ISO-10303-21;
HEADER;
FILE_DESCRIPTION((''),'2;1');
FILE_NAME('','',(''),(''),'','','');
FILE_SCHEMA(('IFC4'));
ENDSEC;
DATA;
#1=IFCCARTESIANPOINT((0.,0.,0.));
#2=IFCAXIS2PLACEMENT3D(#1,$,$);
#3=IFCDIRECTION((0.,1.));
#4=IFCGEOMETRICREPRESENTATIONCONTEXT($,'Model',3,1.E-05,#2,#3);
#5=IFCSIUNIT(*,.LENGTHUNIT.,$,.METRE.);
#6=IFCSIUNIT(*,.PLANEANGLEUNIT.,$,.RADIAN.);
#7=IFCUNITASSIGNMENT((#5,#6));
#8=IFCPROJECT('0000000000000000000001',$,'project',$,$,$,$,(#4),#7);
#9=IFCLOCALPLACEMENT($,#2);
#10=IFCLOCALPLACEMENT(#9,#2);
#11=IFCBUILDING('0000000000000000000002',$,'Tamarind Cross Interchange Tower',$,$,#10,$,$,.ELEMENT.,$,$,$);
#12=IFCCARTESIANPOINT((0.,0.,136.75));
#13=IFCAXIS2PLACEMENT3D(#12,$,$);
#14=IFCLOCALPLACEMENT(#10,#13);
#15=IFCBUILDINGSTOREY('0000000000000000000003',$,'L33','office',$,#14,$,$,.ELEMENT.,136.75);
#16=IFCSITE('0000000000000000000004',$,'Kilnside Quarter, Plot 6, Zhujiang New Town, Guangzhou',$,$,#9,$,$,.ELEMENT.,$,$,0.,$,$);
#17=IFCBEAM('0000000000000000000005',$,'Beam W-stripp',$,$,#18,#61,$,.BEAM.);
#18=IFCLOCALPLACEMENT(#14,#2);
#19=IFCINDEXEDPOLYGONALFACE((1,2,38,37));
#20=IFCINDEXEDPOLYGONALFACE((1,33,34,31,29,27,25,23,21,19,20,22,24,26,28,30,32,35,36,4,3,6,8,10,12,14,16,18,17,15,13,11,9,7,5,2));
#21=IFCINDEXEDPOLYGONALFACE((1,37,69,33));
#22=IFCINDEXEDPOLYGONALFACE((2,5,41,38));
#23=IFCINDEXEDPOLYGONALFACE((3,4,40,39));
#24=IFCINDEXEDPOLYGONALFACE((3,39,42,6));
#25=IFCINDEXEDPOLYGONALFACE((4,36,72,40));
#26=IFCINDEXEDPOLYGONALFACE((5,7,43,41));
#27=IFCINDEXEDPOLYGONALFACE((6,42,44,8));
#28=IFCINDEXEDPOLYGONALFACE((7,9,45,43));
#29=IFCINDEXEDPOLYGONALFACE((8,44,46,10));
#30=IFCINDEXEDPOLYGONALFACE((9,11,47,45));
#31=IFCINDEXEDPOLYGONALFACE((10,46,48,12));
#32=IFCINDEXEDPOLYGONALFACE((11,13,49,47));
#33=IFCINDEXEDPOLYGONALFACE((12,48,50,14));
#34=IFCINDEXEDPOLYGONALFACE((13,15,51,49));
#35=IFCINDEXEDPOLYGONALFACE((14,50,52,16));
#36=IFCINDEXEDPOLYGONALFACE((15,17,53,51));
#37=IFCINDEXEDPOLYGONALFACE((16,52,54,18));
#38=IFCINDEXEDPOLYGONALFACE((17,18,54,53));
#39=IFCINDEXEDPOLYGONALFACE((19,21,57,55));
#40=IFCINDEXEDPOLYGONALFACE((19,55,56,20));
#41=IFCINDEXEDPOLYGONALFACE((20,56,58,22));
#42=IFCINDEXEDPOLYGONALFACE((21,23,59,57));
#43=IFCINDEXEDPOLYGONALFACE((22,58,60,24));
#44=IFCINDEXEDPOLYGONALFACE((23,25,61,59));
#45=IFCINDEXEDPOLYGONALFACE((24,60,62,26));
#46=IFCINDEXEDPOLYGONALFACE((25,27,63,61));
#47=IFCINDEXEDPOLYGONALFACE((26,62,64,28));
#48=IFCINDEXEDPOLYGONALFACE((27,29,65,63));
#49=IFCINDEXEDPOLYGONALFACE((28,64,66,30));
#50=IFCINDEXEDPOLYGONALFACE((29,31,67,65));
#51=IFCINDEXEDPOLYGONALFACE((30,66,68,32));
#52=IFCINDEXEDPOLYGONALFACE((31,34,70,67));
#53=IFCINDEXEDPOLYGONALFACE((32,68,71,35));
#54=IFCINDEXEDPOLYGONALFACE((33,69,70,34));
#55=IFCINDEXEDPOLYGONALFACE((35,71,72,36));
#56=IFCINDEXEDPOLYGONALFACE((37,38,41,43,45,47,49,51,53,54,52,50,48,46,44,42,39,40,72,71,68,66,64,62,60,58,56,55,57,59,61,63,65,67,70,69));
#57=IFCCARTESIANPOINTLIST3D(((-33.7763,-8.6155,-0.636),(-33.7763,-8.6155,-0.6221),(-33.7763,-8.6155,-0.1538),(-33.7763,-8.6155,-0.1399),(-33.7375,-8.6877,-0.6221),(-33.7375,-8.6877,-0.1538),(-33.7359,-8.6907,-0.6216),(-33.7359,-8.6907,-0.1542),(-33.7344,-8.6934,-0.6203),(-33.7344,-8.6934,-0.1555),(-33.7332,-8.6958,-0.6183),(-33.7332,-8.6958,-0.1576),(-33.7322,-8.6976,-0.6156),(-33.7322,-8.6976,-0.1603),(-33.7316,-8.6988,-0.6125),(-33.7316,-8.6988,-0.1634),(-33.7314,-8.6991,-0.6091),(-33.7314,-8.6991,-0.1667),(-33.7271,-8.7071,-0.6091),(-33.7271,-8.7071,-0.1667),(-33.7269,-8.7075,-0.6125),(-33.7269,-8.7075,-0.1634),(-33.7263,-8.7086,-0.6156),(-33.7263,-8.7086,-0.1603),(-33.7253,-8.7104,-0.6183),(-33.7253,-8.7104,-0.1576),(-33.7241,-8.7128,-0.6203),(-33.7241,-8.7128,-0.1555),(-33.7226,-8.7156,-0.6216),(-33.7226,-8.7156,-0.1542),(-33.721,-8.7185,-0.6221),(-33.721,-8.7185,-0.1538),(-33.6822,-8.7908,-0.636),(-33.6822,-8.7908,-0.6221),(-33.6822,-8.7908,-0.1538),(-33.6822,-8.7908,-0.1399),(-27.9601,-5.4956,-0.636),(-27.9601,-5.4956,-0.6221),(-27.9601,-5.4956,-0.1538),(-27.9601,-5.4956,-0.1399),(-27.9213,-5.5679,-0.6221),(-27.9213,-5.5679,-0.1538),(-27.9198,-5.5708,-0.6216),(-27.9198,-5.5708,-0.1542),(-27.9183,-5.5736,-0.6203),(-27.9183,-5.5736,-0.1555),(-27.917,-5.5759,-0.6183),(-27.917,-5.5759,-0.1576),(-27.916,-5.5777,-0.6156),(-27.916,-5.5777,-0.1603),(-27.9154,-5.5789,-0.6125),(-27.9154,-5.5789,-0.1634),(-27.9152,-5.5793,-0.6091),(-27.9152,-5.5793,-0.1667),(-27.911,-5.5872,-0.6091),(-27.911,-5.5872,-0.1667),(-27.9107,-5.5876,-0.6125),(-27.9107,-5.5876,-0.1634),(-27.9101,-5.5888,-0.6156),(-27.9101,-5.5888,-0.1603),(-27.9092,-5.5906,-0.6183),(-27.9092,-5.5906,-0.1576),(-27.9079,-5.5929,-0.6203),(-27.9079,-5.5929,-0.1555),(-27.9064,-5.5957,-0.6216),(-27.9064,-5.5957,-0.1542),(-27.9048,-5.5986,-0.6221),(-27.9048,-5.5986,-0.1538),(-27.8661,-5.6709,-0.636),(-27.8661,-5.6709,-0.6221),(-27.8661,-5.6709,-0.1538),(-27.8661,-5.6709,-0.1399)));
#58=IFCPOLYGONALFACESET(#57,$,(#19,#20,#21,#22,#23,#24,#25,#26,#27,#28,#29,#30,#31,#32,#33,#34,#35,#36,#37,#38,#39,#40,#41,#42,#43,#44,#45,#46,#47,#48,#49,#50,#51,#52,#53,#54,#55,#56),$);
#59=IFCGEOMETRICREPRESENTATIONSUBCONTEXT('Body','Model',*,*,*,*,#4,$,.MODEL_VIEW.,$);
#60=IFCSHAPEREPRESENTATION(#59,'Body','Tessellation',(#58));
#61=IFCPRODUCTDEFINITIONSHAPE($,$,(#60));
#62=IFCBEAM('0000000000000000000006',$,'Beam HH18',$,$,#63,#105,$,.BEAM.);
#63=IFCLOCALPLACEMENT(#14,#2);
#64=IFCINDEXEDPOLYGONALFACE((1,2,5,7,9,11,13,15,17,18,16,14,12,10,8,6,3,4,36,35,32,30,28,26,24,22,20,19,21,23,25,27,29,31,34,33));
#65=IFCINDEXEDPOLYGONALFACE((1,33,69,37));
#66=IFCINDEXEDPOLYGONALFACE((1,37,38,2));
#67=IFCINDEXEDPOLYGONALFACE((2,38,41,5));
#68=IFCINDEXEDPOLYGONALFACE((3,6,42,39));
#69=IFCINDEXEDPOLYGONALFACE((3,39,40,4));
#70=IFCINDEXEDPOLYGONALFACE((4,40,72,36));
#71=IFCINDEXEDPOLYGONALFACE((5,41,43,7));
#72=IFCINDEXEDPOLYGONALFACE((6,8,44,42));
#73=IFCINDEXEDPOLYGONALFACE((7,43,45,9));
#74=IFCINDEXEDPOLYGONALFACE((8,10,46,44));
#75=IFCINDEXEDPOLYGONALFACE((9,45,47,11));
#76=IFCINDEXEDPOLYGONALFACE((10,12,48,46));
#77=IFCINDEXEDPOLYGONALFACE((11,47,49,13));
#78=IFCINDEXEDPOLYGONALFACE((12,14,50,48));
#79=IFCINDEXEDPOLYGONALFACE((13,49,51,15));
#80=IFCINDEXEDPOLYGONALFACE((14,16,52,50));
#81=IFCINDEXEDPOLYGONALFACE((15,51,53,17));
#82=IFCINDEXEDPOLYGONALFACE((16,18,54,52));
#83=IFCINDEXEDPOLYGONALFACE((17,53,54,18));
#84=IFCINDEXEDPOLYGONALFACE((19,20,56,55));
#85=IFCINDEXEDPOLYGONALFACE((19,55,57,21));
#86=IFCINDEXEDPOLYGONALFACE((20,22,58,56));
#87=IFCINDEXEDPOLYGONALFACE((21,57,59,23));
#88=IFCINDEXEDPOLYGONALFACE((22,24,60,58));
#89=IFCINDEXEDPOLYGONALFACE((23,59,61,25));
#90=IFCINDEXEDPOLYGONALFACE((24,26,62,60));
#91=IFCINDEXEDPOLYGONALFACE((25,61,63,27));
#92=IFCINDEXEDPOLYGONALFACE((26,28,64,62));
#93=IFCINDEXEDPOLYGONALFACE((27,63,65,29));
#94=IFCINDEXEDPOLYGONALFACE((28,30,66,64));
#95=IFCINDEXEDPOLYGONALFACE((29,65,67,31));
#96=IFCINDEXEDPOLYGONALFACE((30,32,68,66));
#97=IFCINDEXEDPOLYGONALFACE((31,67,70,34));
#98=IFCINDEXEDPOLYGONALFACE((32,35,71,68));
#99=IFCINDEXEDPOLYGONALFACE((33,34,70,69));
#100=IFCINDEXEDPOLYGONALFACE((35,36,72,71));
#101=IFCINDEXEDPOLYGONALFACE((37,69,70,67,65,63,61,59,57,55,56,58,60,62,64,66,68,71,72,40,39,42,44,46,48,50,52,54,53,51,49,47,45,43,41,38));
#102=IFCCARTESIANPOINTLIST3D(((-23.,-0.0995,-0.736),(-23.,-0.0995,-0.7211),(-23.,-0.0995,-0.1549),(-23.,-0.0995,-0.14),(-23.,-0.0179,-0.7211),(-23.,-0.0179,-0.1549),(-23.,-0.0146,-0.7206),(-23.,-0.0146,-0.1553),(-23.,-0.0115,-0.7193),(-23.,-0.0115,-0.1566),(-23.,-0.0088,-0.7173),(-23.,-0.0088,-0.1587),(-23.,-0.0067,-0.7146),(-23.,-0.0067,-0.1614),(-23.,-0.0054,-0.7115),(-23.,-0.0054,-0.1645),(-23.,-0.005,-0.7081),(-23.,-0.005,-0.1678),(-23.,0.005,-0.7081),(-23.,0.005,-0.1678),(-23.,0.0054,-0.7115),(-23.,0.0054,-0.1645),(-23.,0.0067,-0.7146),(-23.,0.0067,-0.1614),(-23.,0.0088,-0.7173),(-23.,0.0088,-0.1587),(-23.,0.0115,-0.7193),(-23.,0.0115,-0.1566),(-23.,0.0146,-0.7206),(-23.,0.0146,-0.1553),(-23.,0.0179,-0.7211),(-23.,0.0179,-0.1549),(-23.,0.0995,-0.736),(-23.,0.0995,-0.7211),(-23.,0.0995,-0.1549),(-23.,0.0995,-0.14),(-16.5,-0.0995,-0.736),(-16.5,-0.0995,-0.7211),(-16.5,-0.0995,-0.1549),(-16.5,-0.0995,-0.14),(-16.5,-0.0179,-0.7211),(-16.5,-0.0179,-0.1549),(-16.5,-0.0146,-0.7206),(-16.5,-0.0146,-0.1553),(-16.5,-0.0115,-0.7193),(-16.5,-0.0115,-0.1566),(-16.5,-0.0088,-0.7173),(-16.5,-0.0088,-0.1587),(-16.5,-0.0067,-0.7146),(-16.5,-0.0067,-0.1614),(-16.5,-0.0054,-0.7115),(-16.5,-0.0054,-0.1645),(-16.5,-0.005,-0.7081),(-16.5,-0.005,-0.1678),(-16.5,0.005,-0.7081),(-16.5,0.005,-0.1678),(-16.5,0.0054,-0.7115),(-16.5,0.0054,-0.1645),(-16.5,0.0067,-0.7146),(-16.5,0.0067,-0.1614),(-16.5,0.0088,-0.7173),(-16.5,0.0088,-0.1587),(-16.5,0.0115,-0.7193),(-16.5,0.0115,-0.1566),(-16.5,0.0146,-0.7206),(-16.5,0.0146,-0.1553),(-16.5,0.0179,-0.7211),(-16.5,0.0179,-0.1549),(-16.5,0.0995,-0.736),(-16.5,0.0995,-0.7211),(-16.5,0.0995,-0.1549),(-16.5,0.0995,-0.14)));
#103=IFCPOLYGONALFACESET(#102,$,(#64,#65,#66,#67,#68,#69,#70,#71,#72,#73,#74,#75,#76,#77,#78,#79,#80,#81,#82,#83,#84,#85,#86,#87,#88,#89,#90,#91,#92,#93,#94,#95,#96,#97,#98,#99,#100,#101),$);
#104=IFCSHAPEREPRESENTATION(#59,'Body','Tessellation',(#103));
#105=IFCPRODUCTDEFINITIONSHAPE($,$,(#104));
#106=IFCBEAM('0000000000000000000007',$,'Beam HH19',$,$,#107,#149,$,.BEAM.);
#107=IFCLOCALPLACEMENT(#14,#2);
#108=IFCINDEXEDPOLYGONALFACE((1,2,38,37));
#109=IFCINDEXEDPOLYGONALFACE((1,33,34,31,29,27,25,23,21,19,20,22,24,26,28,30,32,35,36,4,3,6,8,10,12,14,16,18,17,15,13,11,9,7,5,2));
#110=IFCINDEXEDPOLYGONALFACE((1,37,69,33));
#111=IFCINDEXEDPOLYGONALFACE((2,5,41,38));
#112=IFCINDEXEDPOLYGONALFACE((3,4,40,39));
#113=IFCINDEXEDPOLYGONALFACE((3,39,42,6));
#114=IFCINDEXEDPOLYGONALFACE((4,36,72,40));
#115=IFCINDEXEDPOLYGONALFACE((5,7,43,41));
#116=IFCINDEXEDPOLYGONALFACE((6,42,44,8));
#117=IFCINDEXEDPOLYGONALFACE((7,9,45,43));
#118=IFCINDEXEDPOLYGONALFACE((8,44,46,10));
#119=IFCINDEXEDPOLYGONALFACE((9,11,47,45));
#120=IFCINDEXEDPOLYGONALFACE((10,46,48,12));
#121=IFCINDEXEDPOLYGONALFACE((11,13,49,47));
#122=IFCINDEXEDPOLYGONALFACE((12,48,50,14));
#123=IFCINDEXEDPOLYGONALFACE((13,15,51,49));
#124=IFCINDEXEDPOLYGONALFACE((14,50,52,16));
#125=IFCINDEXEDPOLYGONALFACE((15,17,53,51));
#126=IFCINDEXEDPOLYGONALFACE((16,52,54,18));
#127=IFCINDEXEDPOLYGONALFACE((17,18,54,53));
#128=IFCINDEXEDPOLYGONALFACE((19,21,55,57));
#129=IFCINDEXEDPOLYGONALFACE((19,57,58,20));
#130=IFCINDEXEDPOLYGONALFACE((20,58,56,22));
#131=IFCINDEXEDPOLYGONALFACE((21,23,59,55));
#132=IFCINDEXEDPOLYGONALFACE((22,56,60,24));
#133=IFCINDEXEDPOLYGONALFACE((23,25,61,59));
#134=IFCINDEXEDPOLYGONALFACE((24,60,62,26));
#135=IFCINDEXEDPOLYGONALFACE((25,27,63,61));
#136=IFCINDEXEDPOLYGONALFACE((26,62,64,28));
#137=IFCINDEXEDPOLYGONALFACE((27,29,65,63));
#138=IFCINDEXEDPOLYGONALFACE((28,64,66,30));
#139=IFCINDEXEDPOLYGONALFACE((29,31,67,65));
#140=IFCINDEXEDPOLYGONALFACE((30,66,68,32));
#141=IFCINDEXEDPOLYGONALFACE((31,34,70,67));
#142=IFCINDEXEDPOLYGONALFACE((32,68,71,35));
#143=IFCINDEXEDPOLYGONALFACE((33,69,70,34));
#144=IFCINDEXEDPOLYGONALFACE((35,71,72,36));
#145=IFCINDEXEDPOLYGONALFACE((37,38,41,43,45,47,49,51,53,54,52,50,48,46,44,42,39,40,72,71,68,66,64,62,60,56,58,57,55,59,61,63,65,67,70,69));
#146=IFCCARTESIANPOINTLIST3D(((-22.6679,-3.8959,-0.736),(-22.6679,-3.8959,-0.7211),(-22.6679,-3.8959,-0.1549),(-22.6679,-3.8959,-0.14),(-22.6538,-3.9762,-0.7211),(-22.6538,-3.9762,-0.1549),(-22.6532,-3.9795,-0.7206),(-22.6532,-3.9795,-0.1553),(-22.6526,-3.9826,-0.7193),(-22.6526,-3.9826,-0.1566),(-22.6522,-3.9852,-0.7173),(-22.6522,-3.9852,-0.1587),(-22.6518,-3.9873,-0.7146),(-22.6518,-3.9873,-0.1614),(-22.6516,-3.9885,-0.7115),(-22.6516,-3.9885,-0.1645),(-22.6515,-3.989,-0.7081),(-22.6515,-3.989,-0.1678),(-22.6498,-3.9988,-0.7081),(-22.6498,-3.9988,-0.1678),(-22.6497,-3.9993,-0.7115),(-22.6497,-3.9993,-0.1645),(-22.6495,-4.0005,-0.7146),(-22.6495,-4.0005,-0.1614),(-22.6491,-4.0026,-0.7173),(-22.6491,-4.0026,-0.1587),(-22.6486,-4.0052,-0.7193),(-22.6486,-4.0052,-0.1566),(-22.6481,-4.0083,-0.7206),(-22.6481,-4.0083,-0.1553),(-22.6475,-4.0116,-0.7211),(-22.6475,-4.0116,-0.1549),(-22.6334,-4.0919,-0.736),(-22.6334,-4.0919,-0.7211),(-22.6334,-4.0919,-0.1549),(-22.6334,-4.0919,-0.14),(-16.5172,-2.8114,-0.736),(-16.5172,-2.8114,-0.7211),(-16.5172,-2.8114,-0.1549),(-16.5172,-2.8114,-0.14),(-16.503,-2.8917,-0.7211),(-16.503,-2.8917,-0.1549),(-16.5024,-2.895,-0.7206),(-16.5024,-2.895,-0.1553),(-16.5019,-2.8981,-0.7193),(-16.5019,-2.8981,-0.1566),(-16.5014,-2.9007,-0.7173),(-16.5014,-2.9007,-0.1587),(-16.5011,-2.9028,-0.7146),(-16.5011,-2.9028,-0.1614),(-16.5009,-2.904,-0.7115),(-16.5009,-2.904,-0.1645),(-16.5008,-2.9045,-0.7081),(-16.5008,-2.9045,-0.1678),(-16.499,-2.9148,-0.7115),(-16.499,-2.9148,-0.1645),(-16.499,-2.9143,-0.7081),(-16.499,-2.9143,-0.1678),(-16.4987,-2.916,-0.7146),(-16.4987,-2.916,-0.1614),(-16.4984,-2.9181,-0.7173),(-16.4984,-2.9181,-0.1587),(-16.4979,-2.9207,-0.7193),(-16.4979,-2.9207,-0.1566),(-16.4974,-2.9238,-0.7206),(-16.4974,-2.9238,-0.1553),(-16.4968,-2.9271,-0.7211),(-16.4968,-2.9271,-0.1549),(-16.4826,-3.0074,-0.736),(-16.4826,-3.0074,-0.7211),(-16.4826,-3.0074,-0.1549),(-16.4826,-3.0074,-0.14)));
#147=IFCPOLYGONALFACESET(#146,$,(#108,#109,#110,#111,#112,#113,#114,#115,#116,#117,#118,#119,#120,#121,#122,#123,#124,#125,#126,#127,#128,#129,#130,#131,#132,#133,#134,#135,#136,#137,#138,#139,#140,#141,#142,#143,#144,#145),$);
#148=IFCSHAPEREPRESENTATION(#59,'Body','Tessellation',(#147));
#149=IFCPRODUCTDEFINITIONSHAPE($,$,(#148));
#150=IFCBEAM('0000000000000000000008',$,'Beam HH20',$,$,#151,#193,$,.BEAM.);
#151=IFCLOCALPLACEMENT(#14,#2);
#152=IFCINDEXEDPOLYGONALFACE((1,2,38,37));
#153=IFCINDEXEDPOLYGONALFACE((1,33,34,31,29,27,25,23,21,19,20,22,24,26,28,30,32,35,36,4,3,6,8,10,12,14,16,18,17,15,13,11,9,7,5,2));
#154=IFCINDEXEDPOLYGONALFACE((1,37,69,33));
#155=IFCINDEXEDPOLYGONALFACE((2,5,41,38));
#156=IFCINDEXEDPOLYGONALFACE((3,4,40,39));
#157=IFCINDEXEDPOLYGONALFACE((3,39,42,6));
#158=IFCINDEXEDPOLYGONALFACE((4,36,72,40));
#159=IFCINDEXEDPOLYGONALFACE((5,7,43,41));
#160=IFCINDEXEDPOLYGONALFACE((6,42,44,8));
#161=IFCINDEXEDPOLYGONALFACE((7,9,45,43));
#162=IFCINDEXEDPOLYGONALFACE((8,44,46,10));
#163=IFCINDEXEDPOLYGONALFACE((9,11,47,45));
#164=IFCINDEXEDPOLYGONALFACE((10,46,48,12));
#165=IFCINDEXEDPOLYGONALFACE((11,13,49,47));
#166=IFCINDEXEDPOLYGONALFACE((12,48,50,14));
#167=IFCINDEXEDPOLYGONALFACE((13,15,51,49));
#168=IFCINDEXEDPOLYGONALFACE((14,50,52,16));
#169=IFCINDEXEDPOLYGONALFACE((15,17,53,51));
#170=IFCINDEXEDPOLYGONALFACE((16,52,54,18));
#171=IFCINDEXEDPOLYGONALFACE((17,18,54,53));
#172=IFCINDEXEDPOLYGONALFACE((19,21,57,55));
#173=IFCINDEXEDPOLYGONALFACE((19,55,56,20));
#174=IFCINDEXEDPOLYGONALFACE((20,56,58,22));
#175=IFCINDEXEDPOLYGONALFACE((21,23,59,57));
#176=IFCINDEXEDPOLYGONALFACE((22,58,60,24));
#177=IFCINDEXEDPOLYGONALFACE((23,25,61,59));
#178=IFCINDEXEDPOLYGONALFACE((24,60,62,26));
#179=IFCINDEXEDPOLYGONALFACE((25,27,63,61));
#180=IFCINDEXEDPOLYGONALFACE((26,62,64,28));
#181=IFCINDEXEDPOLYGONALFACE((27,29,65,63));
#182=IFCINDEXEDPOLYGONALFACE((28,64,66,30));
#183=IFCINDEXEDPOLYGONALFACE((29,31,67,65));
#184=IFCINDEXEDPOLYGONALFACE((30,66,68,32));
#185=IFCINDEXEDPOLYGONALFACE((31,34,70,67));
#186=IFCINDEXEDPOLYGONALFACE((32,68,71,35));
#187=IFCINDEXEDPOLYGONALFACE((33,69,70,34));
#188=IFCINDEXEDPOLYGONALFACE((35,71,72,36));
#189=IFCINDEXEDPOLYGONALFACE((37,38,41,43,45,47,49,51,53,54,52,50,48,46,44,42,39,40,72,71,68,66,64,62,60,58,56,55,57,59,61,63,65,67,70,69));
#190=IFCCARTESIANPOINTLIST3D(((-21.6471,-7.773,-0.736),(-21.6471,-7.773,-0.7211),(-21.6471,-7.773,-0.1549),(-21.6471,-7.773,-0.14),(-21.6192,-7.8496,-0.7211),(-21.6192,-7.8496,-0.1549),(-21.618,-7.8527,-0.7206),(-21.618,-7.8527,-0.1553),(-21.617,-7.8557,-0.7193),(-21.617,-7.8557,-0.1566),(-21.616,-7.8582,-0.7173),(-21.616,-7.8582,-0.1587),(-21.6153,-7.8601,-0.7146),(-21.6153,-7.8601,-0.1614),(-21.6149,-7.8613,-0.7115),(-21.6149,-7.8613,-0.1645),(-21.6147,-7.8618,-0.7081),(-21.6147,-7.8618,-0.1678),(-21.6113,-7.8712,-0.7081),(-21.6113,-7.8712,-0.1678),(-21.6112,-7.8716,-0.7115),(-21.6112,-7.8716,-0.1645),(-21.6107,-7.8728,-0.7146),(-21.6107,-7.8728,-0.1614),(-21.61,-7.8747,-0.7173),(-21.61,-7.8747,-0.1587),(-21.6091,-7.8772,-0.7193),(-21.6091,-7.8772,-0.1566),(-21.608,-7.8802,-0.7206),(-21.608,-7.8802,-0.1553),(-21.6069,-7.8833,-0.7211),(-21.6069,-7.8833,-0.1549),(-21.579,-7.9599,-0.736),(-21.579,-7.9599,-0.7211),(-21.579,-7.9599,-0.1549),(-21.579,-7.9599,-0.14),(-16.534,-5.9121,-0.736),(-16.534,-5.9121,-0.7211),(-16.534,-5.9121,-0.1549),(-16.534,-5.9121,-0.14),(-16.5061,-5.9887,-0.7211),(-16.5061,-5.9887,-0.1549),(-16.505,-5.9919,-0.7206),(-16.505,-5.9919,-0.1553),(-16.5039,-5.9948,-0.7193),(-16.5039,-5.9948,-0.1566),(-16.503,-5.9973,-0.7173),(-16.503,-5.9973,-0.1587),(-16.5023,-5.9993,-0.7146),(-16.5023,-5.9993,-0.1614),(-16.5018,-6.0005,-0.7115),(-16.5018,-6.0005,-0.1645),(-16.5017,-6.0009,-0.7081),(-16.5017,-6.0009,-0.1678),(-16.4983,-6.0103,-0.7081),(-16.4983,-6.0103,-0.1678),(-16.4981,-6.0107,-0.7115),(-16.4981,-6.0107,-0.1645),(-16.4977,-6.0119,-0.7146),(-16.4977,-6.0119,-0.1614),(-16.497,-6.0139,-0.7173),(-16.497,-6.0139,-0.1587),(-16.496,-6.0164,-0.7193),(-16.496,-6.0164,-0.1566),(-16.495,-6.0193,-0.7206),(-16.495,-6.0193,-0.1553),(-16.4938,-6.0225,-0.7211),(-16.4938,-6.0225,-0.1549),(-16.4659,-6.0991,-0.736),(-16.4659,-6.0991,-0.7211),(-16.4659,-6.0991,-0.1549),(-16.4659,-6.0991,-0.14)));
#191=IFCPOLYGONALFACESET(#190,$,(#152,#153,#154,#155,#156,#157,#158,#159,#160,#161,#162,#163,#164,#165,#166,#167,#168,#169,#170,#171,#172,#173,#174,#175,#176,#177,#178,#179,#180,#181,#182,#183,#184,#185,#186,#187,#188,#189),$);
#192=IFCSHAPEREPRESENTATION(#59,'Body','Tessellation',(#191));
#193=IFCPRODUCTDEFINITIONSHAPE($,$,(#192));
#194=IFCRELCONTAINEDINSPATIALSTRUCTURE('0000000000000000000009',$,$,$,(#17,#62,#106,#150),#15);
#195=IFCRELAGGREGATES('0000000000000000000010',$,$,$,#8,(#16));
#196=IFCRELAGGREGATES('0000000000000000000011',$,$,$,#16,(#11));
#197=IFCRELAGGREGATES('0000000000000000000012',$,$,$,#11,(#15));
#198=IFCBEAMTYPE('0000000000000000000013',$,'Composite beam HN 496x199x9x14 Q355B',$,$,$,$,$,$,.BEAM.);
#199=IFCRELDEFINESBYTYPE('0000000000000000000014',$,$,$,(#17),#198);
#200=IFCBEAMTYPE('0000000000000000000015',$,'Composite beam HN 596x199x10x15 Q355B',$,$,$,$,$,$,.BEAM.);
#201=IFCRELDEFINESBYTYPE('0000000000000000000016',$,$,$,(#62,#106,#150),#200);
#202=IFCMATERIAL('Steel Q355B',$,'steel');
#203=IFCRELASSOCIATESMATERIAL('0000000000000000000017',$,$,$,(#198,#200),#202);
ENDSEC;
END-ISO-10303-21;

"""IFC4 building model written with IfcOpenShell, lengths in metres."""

from ifc_helpers import new_model, si_unit, direction, frame, origin, origin_2d, place, context, subcontext, project, spatial, i_section, extrude, material, material_profile, profile_set, type_object, element, save


model = new_model("IFC4")

# Units and contexts
model_context = context("Model", 3, precision=1e-05, world=origin(), true_north=direction((0.0, 1.0)))
body_context = subcontext(model_context, "Body", "Model", "MODEL_VIEW")
ifc_project = project(units=[si_unit("LENGTHUNIT", "METRE"), si_unit("PLANEANGLEUNIT", "RADIAN")], contexts=[model_context])

# Site, building, storey
site_placement = place(None, origin())
site = spatial("IfcSite", under=ifc_project, at=site_placement, Name="Kilnside Quarter, Plot 6, Zhujiang New Town, Guangzhou", CompositionType="ELEMENT", RefElevation=0.0)
building_placement = place(site_placement, origin())
building = spatial("IfcBuilding", under=site, at=building_placement, Name="Tamarind Cross Interchange Tower", CompositionType="ELEMENT")
storey_placement = place(building_placement, frame((0.0, 0.0, 136.75)))
storey = spatial("IfcBuildingStorey", under=building, at=storey_placement, Name="L33", Description="office", CompositionType="ELEMENT", Elevation=136.75)

# Beams
ifc_material_1 = material(Name="Steel Q355B", Category="steel")
ifc_material_profile_1 = material_profile(ifc_material_1, i_section(OverallWidth=0.199, OverallDepth=0.4961, WebThickness=0.009, FlangeThickness=0.0139, FilletRadius=0.0129, at=origin_2d()), Name="HN 496x199x9x14")
ifc_profile_set_1 = profile_set([ifc_material_profile_1], Name="Steel Q355B")
beam_type_1 = type_object("IfcBeamType", Name="Composite beam HN 496x199x9x14 Q355B", PredefinedType="BEAM", material=ifc_profile_set_1)
beam_1_placement = place(storey_placement, frame((-27.9131, -5.5833, -0.3879), z_axis=(-0.881223, -0.472701, 0.0), x_axis=(0.472701, -0.881223, 0.0)))
element("IfcBeam", 1, at=beam_1_placement, inside=storey, type_object=beam_type_1, Name="Beam W-stripp", PredefinedType="BEAM", context=body_context, shape_type="SweptSolid", body=[
    extrude(i_section(OverallWidth=0.199, OverallDepth=0.4961, WebThickness=0.009, FlangeThickness=0.0139, FilletRadius=0.0129, at=origin_2d()), origin(), (0.0, 0.0, 1.0), 6.6001),
])
ifc_material_profile_2 = material_profile(ifc_material_1, i_section(OverallWidth=0.199, OverallDepth=0.5959, WebThickness=0.01, FlangeThickness=0.0149, FilletRadius=0.0129, at=origin_2d()), Name="HN 596x199x10x15")
ifc_profile_set_2 = profile_set([ifc_material_profile_2], Name="Steel Q355B")
beam_type_2 = type_object("IfcBeamType", Name="Composite beam HN 596x199x10x15 Q355B", PredefinedType="BEAM", material=ifc_profile_set_2)
beam_2_placement = place(storey_placement, frame((-23.0, 0.0, -0.438), z_axis=(1.0, 0.0, 0.0), x_axis=(0.0, 1.0, 0.0)))
element("IfcBeam", 2, at=beam_2_placement, inside=storey, type_object=beam_type_2, Name="Beam HH18", PredefinedType="BEAM", context=body_context, shape_type="SweptSolid", body=[
    extrude(i_section(OverallWidth=0.199, OverallDepth=0.5959, WebThickness=0.01, FlangeThickness=0.0149, FilletRadius=0.0129, at=origin_2d()), origin(), (0.0, 0.0, 1.0), 6.5),
])
beam_3_placement = place(storey_placement, frame((-22.6506, -3.9939, -0.438), z_axis=(0.984809, 0.17364, 0.0), x_axis=(-0.17364, 0.984809, 0.0)))
element("IfcBeam", 3, at=beam_3_placement, inside=storey, type_object=beam_type_2, Name="Beam HH19", PredefinedType="BEAM", context=body_context, shape_type="SweptSolid", body=[
    extrude(i_section(OverallWidth=0.199, OverallDepth=0.5959, WebThickness=0.01, FlangeThickness=0.0149, FilletRadius=0.0129, at=origin_2d()), origin(), (0.0, 0.0, 1.0), 6.2456),
])
beam_4_placement = place(storey_placement, frame((-21.613, -7.8665, -0.438), z_axis=(0.939702, 0.341995, 0.0), x_axis=(-0.341995, 0.939702, 0.0)))
element("IfcBeam", 4, at=beam_4_placement, inside=storey, type_object=beam_type_2, Name="Beam HH20", PredefinedType="BEAM", context=body_context, shape_type="SweptSolid", body=[
    extrude(i_section(OverallWidth=0.199, OverallDepth=0.5959, WebThickness=0.01, FlangeThickness=0.0149, FilletRadius=0.0129, at=origin_2d()), origin(), (0.0, 0.0, 1.0), 5.4412),
])

save(model, "model.ifc")
